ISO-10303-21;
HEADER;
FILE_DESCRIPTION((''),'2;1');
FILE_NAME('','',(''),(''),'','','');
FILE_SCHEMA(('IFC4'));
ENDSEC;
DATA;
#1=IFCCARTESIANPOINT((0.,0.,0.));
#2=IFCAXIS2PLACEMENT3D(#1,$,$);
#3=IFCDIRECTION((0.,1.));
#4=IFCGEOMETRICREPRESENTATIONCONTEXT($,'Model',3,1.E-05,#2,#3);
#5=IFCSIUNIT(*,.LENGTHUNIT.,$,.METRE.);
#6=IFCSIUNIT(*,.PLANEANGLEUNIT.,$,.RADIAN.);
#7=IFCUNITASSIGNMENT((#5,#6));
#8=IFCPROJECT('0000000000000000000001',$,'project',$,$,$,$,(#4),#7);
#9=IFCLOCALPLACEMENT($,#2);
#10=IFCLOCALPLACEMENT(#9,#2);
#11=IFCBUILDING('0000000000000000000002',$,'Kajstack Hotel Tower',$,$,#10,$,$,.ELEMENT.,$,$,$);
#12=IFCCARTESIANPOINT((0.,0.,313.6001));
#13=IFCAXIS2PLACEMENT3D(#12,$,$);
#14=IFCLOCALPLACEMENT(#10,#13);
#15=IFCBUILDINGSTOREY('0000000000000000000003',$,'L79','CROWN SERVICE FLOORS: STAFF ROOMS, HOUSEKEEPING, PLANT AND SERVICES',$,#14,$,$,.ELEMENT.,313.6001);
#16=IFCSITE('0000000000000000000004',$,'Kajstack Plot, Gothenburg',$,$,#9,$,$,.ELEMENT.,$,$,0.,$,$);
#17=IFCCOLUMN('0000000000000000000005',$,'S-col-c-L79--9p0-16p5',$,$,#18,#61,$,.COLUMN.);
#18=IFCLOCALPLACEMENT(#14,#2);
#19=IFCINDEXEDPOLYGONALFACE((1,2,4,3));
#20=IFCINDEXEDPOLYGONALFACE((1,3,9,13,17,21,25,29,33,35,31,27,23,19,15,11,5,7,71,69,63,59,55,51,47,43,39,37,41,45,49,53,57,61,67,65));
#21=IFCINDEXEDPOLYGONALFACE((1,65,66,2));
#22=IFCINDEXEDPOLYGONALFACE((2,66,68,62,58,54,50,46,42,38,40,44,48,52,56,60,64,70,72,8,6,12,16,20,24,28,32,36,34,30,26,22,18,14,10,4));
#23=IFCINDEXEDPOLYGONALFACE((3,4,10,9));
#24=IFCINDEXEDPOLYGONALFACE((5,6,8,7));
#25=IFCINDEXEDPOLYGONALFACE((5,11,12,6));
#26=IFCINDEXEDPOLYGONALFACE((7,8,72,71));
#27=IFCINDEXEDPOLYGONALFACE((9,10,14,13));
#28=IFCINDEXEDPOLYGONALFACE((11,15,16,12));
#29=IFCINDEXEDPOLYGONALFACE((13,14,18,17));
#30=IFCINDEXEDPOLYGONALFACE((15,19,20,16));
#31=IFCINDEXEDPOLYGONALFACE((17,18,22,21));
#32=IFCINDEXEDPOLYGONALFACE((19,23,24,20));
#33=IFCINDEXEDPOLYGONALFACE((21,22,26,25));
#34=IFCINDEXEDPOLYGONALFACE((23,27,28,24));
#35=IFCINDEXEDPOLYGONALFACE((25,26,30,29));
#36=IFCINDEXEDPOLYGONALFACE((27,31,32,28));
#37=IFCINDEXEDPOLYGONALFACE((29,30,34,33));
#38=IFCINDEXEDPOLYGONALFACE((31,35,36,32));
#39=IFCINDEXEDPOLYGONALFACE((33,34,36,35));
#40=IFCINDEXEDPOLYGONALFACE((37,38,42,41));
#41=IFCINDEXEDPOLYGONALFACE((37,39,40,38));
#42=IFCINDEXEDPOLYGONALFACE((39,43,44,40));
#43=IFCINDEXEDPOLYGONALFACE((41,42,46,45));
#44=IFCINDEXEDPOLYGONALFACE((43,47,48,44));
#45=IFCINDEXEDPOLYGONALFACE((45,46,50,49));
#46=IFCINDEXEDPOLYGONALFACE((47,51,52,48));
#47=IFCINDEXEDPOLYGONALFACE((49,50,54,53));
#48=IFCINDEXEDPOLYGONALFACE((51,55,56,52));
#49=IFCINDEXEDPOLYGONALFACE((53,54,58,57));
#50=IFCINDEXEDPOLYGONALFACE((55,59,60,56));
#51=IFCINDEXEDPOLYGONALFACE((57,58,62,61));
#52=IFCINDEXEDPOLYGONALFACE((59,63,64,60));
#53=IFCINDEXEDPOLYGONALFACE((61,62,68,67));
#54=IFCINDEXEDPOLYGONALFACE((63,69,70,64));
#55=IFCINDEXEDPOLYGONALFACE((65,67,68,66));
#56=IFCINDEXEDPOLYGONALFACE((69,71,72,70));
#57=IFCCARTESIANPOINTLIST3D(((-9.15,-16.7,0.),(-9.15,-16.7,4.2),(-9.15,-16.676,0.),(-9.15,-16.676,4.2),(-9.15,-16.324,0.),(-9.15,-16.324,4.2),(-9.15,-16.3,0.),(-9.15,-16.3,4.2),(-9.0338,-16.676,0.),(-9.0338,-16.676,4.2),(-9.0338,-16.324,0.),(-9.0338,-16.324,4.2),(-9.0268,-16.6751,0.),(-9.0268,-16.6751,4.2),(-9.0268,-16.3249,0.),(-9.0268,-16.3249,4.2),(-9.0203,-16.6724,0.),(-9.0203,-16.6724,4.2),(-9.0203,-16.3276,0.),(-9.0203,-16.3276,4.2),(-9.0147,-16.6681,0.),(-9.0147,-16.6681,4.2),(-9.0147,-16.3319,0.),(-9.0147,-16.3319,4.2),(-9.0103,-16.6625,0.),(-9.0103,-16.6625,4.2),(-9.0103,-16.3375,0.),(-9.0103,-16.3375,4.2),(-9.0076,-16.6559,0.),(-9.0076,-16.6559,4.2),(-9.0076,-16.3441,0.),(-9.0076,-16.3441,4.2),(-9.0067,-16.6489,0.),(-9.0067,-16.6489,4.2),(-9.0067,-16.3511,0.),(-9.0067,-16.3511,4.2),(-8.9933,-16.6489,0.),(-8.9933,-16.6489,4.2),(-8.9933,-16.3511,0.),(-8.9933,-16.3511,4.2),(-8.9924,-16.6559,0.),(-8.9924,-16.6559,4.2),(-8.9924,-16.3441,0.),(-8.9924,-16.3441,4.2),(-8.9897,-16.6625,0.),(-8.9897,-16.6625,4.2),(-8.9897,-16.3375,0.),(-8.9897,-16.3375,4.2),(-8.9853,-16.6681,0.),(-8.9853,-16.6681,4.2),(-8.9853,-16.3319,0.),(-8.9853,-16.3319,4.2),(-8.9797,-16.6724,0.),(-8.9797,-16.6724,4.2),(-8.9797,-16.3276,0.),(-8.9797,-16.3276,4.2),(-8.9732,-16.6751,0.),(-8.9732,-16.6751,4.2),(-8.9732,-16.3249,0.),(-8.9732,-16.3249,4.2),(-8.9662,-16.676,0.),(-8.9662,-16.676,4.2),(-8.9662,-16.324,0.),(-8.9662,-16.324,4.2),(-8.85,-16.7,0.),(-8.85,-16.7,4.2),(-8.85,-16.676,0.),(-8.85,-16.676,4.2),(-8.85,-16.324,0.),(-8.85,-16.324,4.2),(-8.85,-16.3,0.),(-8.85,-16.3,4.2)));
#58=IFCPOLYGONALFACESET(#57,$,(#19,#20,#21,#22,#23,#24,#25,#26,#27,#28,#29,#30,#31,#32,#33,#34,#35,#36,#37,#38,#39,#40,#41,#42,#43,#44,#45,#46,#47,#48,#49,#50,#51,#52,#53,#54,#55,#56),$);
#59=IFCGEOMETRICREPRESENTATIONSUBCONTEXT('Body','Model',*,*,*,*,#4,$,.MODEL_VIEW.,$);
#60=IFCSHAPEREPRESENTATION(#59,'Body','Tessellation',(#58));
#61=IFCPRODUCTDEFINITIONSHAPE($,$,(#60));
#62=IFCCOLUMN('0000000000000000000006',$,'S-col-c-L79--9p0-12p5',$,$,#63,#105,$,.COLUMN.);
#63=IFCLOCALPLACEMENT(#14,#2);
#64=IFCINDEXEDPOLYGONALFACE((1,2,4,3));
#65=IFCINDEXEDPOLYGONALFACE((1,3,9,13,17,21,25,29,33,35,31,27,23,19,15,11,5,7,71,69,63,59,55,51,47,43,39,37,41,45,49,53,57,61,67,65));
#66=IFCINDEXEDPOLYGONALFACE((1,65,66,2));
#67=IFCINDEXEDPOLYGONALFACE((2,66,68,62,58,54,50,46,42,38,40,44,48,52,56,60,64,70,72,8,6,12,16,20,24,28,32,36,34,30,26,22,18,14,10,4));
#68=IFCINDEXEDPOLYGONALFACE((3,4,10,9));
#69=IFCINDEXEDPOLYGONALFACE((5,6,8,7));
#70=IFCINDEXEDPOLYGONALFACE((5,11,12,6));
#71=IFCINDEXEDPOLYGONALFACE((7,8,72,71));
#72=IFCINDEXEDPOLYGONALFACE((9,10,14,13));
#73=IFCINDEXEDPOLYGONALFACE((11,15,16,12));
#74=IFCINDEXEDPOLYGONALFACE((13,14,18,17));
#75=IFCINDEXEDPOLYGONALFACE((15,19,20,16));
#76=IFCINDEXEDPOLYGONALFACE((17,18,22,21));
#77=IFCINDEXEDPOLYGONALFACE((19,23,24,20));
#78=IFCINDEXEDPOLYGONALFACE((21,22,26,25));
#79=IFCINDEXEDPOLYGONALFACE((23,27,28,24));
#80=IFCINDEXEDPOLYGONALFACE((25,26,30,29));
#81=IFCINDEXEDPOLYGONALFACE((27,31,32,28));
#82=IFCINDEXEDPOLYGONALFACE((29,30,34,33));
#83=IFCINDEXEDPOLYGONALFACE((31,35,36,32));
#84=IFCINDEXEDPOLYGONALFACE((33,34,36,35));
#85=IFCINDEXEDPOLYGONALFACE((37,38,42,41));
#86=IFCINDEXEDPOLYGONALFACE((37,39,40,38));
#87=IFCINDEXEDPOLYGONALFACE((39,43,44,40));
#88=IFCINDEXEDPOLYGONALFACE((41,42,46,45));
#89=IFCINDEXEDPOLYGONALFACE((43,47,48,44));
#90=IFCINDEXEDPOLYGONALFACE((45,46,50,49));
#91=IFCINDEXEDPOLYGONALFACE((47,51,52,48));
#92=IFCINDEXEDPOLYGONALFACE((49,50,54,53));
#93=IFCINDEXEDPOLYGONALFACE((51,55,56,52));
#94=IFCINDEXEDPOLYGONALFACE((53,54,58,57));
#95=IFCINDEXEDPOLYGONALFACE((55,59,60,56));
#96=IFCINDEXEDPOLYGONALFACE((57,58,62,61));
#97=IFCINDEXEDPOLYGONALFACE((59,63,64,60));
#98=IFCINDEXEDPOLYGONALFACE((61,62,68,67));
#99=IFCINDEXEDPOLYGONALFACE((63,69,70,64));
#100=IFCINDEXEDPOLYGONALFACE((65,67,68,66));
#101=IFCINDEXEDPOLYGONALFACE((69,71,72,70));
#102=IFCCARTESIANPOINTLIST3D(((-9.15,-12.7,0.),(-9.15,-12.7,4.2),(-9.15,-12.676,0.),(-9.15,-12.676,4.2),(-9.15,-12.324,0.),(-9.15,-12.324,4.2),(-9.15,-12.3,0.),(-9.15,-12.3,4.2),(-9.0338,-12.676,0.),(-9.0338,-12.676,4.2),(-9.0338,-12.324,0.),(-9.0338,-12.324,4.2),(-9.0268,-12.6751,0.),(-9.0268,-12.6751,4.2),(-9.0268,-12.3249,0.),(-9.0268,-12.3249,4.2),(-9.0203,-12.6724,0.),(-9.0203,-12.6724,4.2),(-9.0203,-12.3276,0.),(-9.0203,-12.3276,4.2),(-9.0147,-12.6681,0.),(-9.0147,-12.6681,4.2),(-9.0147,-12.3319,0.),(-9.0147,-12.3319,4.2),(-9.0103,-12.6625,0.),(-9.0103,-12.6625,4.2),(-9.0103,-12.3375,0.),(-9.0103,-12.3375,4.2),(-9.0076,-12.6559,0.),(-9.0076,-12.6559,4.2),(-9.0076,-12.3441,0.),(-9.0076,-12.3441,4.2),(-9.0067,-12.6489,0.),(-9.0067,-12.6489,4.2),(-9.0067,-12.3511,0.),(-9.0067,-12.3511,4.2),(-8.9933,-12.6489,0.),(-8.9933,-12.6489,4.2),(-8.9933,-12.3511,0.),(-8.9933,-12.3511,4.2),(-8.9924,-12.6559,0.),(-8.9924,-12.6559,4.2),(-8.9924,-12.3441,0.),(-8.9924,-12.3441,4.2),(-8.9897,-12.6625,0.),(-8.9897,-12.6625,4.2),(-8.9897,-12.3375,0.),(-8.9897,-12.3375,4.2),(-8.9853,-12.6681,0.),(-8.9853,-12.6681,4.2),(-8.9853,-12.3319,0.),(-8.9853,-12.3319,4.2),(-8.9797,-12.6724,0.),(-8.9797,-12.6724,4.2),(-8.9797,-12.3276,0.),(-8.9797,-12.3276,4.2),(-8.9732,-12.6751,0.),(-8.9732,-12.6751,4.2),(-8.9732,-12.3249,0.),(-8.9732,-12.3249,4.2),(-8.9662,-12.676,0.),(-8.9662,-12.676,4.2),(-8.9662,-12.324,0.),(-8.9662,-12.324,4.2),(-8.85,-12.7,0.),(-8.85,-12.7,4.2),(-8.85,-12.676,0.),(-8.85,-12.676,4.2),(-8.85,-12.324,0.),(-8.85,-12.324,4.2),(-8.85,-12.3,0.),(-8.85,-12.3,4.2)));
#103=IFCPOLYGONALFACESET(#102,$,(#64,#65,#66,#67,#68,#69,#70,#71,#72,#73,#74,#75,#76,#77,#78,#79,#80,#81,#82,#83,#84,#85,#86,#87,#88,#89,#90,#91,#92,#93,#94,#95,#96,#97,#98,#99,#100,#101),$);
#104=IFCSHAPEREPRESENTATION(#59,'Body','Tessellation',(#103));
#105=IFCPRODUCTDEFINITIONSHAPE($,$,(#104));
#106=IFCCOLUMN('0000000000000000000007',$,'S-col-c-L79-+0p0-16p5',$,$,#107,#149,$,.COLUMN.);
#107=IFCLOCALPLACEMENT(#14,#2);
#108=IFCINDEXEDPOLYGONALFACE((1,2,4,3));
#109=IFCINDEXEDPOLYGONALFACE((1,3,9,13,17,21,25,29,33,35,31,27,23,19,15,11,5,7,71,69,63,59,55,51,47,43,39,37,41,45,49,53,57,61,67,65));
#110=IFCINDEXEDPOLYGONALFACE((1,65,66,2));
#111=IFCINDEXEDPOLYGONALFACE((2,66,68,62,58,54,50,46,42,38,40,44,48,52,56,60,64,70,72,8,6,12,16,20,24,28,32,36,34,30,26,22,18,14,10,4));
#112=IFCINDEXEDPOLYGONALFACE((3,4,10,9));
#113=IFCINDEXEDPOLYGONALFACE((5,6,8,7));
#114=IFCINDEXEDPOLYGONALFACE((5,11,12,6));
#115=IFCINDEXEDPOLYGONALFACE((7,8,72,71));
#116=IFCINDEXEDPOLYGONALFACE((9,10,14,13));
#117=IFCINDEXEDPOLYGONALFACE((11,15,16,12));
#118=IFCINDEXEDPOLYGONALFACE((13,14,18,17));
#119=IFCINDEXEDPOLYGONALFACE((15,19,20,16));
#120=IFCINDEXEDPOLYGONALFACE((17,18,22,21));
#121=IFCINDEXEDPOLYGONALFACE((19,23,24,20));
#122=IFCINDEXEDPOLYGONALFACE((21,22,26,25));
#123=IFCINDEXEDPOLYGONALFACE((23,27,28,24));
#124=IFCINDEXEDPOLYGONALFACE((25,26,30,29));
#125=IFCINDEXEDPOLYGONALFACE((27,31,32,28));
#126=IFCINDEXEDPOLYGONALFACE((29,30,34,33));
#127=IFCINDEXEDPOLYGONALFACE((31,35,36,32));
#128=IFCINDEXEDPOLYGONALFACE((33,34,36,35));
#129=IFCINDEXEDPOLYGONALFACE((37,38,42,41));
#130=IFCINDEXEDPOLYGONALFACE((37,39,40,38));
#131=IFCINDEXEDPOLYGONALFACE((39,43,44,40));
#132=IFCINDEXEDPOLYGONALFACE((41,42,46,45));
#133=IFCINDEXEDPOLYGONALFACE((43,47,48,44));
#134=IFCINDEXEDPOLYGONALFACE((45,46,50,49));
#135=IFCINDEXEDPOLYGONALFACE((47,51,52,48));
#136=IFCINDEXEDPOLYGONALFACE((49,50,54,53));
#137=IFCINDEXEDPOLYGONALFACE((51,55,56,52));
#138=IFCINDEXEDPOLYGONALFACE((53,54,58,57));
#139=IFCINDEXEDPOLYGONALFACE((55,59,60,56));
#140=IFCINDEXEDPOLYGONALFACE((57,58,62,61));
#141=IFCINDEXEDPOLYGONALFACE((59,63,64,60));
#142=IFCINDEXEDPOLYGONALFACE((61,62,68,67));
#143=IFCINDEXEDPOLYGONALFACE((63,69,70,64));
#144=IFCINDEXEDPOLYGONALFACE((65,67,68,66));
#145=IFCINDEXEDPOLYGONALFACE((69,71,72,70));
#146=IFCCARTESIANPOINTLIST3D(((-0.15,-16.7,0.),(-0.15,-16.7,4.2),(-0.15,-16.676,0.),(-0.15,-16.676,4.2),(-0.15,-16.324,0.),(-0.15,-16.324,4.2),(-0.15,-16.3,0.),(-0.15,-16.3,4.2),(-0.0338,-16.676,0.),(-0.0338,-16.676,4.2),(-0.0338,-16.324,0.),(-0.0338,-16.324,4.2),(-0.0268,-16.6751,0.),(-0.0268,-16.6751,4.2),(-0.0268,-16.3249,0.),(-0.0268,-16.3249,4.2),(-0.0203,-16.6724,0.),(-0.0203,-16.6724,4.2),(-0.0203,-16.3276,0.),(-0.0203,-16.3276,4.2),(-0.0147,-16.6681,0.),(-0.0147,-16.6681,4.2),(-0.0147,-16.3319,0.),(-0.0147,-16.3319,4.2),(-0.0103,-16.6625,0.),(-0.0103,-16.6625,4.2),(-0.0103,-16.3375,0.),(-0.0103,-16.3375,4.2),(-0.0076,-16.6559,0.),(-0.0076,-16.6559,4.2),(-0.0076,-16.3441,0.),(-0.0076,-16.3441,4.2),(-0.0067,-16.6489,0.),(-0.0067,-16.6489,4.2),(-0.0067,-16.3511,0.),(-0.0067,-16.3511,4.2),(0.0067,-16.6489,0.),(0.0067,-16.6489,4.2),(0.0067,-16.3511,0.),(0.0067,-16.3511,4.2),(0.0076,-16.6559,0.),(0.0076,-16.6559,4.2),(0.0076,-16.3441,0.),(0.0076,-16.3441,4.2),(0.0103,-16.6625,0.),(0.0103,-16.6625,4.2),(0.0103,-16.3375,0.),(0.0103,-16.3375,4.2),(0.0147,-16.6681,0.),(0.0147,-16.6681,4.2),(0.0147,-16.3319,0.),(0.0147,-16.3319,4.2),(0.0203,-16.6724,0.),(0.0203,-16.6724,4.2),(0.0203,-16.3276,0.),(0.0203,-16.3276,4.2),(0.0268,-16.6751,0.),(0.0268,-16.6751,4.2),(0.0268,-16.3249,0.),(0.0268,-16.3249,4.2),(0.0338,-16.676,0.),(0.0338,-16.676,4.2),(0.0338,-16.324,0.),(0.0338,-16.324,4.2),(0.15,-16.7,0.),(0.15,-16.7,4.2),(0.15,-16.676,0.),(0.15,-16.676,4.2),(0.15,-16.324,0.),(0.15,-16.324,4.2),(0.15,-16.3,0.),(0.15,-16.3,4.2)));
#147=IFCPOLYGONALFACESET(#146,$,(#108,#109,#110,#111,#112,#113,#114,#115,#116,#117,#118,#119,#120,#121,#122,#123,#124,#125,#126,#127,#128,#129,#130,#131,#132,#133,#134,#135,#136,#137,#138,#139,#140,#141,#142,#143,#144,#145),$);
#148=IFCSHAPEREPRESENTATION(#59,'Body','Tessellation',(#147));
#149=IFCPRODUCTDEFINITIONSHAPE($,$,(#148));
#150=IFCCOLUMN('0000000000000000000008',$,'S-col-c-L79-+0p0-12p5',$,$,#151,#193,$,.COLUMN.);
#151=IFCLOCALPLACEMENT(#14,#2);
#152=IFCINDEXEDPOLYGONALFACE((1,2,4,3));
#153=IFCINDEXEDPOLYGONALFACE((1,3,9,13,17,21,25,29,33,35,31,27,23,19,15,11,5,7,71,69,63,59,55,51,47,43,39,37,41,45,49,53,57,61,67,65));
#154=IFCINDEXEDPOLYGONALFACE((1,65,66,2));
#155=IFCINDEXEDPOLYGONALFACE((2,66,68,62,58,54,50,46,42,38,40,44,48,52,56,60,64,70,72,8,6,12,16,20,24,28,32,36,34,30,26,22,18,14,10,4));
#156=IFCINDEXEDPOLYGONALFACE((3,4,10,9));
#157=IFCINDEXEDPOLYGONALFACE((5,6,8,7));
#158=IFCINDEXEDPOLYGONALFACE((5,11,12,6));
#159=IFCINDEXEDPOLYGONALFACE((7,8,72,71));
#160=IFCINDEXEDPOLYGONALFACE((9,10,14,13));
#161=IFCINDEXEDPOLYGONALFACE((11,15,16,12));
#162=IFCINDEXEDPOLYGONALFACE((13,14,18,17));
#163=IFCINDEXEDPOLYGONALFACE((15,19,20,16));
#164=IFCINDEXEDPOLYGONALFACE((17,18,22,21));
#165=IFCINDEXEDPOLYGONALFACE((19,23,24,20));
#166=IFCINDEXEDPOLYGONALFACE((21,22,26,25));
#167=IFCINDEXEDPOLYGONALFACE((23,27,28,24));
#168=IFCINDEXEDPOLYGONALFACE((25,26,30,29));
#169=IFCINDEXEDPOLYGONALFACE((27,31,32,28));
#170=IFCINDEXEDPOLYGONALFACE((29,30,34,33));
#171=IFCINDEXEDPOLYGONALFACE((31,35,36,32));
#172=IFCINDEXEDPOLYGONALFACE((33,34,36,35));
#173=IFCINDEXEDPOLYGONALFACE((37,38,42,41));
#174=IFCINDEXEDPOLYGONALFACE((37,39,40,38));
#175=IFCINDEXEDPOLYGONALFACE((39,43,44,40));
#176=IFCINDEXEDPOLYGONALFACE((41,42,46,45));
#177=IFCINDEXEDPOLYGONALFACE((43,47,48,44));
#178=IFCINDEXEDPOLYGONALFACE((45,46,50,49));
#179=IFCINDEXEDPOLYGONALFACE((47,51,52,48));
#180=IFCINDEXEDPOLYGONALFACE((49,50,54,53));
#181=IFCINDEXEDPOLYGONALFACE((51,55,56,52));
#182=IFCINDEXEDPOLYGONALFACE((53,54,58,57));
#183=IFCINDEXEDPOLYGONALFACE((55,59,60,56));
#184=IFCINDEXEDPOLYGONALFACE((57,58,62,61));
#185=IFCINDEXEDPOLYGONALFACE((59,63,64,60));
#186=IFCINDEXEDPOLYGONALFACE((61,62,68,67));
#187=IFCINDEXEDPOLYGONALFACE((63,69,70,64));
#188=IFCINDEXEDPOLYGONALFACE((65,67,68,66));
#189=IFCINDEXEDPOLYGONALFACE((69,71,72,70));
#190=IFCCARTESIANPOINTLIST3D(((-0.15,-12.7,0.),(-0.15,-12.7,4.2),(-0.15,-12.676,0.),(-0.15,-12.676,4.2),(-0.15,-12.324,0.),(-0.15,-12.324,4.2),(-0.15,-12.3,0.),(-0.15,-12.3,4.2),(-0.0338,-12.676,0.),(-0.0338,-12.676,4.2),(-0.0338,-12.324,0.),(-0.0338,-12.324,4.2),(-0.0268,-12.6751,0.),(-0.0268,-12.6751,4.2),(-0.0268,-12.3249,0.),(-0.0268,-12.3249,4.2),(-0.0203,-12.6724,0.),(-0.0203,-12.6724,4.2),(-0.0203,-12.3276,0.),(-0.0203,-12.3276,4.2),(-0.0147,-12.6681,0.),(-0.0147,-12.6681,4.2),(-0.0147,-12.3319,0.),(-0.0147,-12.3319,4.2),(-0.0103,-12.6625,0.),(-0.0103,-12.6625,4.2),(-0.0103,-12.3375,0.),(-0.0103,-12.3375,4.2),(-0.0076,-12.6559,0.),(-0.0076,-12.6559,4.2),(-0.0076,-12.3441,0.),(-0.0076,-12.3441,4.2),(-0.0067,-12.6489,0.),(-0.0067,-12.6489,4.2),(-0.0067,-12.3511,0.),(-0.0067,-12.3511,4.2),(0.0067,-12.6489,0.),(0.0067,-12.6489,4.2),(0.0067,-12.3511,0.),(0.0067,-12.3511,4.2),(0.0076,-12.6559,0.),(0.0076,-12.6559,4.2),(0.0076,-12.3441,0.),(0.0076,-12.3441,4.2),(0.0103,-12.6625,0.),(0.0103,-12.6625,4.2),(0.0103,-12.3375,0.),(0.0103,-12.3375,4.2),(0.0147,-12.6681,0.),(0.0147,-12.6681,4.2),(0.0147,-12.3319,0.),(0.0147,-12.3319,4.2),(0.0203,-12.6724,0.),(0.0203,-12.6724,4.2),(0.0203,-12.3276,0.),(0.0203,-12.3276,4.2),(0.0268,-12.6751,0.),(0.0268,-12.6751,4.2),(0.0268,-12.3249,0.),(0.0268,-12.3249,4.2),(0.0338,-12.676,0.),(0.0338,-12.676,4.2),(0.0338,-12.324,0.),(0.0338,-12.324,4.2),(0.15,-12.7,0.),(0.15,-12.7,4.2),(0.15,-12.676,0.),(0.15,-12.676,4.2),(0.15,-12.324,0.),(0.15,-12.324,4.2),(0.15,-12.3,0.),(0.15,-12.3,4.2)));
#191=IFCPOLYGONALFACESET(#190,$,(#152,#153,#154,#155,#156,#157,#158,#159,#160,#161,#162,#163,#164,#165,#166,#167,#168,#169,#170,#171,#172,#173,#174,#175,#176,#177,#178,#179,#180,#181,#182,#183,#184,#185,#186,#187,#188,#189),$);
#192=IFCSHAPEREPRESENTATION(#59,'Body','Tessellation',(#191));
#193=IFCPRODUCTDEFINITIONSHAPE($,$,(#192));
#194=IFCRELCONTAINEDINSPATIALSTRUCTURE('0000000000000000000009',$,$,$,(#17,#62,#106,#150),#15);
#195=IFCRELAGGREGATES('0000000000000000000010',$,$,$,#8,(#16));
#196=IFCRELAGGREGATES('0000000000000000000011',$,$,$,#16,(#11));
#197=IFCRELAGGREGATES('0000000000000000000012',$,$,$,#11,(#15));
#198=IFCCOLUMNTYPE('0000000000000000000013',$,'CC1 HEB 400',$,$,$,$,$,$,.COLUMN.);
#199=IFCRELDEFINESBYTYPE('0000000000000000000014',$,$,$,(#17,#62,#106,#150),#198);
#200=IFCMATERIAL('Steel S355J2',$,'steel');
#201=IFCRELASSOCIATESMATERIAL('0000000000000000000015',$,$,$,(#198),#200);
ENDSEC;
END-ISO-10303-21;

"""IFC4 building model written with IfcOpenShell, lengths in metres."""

from ifc_helpers import new_model, si_unit, direction, frame, origin, origin_2d, place, context, subcontext, project, spatial, i_section, extrude, material, material_profile, profile_set, type_object, element, save


model = new_model("IFC4")

# Units and contexts
model_context = context("Model", 3, precision=1e-05, world=origin(), true_north=direction((0.0, 1.0)))
body_context = subcontext(model_context, "Body", "Model", "MODEL_VIEW")
ifc_project = project(units=[si_unit("LENGTHUNIT", "METRE"), si_unit("PLANEANGLEUNIT", "RADIAN")], contexts=[model_context])

# Site, building, storey
site_placement = place(None, origin())
site = spatial("IfcSite", under=ifc_project, at=site_placement, Name="Kajstack Plot, Gothenburg", CompositionType="ELEMENT", RefElevation=0.0)
building_placement = place(site_placement, origin())
building = spatial("IfcBuilding", under=site, at=building_placement, Name="Kajstack Hotel Tower", CompositionType="ELEMENT")
storey_placement = place(building_placement, frame((0.0, 0.0, 313.6001)))
storey = spatial("IfcBuildingStorey", under=building, at=storey_placement, Name="L79", Description="CROWN SERVICE FLOORS: STAFF ROOMS, HOUSEKEEPING, PLANT AND SERVICES", CompositionType="ELEMENT", Elevation=313.6001)

# Columns
ifc_material_1 = material(Name="Steel S355J2", Category="steel")
ifc_material_profile_1 = material_profile(ifc_material_1, i_section(OverallWidth=0.3, OverallDepth=0.3999, WebThickness=0.0134, FlangeThickness=0.0239, FilletRadius=0.0271, at=origin_2d()), Name="HEB 400")
ifc_profile_set_1 = profile_set([ifc_material_profile_1], Name="Steel S355J2")
column_type = type_object("IfcColumnType", Name="CC1 HEB 400", PredefinedType="COLUMN", material=ifc_profile_set_1)
for number, where, z_axis, x_axis, name in (
    (1, (-9.0, -16.5, 0.0), (0.0, 0.0, 1.0), (1.0, 0.0, 0.0), "S-col-c-L79--9p0-16p5"),
    (2, (-9.0, -12.5, 0.0), (0.0, 0.0, 1.0), (1.0, 0.0, 0.0), "S-col-c-L79--9p0-12p5"),
    (3, (0.0, -16.5, 0.0), (0.0, 0.0, 1.0), (1.0, 0.0, 0.0), "S-col-c-L79-+0p0-16p5"),
    (4, (0.0, -12.5, 0.0), (0.0, 0.0, 1.0), (1.0, 0.0, 0.0), "S-col-c-L79-+0p0-12p5"),
):
    element("IfcColumn", number, at=place(storey_placement, frame(where, z_axis=z_axis, x_axis=x_axis)), inside=storey, type_object=column_type, Name=name, PredefinedType="COLUMN", context=body_context, shape_type="SweptSolid", body=[
        extrude(i_section(OverallWidth=0.3, OverallDepth=0.3999, WebThickness=0.0134, FlangeThickness=0.0239, FilletRadius=0.0271, at=origin_2d()), origin(), (0.0, 0.0, 1.0), 4.2),
    ])

save(model, "model.ifc")
